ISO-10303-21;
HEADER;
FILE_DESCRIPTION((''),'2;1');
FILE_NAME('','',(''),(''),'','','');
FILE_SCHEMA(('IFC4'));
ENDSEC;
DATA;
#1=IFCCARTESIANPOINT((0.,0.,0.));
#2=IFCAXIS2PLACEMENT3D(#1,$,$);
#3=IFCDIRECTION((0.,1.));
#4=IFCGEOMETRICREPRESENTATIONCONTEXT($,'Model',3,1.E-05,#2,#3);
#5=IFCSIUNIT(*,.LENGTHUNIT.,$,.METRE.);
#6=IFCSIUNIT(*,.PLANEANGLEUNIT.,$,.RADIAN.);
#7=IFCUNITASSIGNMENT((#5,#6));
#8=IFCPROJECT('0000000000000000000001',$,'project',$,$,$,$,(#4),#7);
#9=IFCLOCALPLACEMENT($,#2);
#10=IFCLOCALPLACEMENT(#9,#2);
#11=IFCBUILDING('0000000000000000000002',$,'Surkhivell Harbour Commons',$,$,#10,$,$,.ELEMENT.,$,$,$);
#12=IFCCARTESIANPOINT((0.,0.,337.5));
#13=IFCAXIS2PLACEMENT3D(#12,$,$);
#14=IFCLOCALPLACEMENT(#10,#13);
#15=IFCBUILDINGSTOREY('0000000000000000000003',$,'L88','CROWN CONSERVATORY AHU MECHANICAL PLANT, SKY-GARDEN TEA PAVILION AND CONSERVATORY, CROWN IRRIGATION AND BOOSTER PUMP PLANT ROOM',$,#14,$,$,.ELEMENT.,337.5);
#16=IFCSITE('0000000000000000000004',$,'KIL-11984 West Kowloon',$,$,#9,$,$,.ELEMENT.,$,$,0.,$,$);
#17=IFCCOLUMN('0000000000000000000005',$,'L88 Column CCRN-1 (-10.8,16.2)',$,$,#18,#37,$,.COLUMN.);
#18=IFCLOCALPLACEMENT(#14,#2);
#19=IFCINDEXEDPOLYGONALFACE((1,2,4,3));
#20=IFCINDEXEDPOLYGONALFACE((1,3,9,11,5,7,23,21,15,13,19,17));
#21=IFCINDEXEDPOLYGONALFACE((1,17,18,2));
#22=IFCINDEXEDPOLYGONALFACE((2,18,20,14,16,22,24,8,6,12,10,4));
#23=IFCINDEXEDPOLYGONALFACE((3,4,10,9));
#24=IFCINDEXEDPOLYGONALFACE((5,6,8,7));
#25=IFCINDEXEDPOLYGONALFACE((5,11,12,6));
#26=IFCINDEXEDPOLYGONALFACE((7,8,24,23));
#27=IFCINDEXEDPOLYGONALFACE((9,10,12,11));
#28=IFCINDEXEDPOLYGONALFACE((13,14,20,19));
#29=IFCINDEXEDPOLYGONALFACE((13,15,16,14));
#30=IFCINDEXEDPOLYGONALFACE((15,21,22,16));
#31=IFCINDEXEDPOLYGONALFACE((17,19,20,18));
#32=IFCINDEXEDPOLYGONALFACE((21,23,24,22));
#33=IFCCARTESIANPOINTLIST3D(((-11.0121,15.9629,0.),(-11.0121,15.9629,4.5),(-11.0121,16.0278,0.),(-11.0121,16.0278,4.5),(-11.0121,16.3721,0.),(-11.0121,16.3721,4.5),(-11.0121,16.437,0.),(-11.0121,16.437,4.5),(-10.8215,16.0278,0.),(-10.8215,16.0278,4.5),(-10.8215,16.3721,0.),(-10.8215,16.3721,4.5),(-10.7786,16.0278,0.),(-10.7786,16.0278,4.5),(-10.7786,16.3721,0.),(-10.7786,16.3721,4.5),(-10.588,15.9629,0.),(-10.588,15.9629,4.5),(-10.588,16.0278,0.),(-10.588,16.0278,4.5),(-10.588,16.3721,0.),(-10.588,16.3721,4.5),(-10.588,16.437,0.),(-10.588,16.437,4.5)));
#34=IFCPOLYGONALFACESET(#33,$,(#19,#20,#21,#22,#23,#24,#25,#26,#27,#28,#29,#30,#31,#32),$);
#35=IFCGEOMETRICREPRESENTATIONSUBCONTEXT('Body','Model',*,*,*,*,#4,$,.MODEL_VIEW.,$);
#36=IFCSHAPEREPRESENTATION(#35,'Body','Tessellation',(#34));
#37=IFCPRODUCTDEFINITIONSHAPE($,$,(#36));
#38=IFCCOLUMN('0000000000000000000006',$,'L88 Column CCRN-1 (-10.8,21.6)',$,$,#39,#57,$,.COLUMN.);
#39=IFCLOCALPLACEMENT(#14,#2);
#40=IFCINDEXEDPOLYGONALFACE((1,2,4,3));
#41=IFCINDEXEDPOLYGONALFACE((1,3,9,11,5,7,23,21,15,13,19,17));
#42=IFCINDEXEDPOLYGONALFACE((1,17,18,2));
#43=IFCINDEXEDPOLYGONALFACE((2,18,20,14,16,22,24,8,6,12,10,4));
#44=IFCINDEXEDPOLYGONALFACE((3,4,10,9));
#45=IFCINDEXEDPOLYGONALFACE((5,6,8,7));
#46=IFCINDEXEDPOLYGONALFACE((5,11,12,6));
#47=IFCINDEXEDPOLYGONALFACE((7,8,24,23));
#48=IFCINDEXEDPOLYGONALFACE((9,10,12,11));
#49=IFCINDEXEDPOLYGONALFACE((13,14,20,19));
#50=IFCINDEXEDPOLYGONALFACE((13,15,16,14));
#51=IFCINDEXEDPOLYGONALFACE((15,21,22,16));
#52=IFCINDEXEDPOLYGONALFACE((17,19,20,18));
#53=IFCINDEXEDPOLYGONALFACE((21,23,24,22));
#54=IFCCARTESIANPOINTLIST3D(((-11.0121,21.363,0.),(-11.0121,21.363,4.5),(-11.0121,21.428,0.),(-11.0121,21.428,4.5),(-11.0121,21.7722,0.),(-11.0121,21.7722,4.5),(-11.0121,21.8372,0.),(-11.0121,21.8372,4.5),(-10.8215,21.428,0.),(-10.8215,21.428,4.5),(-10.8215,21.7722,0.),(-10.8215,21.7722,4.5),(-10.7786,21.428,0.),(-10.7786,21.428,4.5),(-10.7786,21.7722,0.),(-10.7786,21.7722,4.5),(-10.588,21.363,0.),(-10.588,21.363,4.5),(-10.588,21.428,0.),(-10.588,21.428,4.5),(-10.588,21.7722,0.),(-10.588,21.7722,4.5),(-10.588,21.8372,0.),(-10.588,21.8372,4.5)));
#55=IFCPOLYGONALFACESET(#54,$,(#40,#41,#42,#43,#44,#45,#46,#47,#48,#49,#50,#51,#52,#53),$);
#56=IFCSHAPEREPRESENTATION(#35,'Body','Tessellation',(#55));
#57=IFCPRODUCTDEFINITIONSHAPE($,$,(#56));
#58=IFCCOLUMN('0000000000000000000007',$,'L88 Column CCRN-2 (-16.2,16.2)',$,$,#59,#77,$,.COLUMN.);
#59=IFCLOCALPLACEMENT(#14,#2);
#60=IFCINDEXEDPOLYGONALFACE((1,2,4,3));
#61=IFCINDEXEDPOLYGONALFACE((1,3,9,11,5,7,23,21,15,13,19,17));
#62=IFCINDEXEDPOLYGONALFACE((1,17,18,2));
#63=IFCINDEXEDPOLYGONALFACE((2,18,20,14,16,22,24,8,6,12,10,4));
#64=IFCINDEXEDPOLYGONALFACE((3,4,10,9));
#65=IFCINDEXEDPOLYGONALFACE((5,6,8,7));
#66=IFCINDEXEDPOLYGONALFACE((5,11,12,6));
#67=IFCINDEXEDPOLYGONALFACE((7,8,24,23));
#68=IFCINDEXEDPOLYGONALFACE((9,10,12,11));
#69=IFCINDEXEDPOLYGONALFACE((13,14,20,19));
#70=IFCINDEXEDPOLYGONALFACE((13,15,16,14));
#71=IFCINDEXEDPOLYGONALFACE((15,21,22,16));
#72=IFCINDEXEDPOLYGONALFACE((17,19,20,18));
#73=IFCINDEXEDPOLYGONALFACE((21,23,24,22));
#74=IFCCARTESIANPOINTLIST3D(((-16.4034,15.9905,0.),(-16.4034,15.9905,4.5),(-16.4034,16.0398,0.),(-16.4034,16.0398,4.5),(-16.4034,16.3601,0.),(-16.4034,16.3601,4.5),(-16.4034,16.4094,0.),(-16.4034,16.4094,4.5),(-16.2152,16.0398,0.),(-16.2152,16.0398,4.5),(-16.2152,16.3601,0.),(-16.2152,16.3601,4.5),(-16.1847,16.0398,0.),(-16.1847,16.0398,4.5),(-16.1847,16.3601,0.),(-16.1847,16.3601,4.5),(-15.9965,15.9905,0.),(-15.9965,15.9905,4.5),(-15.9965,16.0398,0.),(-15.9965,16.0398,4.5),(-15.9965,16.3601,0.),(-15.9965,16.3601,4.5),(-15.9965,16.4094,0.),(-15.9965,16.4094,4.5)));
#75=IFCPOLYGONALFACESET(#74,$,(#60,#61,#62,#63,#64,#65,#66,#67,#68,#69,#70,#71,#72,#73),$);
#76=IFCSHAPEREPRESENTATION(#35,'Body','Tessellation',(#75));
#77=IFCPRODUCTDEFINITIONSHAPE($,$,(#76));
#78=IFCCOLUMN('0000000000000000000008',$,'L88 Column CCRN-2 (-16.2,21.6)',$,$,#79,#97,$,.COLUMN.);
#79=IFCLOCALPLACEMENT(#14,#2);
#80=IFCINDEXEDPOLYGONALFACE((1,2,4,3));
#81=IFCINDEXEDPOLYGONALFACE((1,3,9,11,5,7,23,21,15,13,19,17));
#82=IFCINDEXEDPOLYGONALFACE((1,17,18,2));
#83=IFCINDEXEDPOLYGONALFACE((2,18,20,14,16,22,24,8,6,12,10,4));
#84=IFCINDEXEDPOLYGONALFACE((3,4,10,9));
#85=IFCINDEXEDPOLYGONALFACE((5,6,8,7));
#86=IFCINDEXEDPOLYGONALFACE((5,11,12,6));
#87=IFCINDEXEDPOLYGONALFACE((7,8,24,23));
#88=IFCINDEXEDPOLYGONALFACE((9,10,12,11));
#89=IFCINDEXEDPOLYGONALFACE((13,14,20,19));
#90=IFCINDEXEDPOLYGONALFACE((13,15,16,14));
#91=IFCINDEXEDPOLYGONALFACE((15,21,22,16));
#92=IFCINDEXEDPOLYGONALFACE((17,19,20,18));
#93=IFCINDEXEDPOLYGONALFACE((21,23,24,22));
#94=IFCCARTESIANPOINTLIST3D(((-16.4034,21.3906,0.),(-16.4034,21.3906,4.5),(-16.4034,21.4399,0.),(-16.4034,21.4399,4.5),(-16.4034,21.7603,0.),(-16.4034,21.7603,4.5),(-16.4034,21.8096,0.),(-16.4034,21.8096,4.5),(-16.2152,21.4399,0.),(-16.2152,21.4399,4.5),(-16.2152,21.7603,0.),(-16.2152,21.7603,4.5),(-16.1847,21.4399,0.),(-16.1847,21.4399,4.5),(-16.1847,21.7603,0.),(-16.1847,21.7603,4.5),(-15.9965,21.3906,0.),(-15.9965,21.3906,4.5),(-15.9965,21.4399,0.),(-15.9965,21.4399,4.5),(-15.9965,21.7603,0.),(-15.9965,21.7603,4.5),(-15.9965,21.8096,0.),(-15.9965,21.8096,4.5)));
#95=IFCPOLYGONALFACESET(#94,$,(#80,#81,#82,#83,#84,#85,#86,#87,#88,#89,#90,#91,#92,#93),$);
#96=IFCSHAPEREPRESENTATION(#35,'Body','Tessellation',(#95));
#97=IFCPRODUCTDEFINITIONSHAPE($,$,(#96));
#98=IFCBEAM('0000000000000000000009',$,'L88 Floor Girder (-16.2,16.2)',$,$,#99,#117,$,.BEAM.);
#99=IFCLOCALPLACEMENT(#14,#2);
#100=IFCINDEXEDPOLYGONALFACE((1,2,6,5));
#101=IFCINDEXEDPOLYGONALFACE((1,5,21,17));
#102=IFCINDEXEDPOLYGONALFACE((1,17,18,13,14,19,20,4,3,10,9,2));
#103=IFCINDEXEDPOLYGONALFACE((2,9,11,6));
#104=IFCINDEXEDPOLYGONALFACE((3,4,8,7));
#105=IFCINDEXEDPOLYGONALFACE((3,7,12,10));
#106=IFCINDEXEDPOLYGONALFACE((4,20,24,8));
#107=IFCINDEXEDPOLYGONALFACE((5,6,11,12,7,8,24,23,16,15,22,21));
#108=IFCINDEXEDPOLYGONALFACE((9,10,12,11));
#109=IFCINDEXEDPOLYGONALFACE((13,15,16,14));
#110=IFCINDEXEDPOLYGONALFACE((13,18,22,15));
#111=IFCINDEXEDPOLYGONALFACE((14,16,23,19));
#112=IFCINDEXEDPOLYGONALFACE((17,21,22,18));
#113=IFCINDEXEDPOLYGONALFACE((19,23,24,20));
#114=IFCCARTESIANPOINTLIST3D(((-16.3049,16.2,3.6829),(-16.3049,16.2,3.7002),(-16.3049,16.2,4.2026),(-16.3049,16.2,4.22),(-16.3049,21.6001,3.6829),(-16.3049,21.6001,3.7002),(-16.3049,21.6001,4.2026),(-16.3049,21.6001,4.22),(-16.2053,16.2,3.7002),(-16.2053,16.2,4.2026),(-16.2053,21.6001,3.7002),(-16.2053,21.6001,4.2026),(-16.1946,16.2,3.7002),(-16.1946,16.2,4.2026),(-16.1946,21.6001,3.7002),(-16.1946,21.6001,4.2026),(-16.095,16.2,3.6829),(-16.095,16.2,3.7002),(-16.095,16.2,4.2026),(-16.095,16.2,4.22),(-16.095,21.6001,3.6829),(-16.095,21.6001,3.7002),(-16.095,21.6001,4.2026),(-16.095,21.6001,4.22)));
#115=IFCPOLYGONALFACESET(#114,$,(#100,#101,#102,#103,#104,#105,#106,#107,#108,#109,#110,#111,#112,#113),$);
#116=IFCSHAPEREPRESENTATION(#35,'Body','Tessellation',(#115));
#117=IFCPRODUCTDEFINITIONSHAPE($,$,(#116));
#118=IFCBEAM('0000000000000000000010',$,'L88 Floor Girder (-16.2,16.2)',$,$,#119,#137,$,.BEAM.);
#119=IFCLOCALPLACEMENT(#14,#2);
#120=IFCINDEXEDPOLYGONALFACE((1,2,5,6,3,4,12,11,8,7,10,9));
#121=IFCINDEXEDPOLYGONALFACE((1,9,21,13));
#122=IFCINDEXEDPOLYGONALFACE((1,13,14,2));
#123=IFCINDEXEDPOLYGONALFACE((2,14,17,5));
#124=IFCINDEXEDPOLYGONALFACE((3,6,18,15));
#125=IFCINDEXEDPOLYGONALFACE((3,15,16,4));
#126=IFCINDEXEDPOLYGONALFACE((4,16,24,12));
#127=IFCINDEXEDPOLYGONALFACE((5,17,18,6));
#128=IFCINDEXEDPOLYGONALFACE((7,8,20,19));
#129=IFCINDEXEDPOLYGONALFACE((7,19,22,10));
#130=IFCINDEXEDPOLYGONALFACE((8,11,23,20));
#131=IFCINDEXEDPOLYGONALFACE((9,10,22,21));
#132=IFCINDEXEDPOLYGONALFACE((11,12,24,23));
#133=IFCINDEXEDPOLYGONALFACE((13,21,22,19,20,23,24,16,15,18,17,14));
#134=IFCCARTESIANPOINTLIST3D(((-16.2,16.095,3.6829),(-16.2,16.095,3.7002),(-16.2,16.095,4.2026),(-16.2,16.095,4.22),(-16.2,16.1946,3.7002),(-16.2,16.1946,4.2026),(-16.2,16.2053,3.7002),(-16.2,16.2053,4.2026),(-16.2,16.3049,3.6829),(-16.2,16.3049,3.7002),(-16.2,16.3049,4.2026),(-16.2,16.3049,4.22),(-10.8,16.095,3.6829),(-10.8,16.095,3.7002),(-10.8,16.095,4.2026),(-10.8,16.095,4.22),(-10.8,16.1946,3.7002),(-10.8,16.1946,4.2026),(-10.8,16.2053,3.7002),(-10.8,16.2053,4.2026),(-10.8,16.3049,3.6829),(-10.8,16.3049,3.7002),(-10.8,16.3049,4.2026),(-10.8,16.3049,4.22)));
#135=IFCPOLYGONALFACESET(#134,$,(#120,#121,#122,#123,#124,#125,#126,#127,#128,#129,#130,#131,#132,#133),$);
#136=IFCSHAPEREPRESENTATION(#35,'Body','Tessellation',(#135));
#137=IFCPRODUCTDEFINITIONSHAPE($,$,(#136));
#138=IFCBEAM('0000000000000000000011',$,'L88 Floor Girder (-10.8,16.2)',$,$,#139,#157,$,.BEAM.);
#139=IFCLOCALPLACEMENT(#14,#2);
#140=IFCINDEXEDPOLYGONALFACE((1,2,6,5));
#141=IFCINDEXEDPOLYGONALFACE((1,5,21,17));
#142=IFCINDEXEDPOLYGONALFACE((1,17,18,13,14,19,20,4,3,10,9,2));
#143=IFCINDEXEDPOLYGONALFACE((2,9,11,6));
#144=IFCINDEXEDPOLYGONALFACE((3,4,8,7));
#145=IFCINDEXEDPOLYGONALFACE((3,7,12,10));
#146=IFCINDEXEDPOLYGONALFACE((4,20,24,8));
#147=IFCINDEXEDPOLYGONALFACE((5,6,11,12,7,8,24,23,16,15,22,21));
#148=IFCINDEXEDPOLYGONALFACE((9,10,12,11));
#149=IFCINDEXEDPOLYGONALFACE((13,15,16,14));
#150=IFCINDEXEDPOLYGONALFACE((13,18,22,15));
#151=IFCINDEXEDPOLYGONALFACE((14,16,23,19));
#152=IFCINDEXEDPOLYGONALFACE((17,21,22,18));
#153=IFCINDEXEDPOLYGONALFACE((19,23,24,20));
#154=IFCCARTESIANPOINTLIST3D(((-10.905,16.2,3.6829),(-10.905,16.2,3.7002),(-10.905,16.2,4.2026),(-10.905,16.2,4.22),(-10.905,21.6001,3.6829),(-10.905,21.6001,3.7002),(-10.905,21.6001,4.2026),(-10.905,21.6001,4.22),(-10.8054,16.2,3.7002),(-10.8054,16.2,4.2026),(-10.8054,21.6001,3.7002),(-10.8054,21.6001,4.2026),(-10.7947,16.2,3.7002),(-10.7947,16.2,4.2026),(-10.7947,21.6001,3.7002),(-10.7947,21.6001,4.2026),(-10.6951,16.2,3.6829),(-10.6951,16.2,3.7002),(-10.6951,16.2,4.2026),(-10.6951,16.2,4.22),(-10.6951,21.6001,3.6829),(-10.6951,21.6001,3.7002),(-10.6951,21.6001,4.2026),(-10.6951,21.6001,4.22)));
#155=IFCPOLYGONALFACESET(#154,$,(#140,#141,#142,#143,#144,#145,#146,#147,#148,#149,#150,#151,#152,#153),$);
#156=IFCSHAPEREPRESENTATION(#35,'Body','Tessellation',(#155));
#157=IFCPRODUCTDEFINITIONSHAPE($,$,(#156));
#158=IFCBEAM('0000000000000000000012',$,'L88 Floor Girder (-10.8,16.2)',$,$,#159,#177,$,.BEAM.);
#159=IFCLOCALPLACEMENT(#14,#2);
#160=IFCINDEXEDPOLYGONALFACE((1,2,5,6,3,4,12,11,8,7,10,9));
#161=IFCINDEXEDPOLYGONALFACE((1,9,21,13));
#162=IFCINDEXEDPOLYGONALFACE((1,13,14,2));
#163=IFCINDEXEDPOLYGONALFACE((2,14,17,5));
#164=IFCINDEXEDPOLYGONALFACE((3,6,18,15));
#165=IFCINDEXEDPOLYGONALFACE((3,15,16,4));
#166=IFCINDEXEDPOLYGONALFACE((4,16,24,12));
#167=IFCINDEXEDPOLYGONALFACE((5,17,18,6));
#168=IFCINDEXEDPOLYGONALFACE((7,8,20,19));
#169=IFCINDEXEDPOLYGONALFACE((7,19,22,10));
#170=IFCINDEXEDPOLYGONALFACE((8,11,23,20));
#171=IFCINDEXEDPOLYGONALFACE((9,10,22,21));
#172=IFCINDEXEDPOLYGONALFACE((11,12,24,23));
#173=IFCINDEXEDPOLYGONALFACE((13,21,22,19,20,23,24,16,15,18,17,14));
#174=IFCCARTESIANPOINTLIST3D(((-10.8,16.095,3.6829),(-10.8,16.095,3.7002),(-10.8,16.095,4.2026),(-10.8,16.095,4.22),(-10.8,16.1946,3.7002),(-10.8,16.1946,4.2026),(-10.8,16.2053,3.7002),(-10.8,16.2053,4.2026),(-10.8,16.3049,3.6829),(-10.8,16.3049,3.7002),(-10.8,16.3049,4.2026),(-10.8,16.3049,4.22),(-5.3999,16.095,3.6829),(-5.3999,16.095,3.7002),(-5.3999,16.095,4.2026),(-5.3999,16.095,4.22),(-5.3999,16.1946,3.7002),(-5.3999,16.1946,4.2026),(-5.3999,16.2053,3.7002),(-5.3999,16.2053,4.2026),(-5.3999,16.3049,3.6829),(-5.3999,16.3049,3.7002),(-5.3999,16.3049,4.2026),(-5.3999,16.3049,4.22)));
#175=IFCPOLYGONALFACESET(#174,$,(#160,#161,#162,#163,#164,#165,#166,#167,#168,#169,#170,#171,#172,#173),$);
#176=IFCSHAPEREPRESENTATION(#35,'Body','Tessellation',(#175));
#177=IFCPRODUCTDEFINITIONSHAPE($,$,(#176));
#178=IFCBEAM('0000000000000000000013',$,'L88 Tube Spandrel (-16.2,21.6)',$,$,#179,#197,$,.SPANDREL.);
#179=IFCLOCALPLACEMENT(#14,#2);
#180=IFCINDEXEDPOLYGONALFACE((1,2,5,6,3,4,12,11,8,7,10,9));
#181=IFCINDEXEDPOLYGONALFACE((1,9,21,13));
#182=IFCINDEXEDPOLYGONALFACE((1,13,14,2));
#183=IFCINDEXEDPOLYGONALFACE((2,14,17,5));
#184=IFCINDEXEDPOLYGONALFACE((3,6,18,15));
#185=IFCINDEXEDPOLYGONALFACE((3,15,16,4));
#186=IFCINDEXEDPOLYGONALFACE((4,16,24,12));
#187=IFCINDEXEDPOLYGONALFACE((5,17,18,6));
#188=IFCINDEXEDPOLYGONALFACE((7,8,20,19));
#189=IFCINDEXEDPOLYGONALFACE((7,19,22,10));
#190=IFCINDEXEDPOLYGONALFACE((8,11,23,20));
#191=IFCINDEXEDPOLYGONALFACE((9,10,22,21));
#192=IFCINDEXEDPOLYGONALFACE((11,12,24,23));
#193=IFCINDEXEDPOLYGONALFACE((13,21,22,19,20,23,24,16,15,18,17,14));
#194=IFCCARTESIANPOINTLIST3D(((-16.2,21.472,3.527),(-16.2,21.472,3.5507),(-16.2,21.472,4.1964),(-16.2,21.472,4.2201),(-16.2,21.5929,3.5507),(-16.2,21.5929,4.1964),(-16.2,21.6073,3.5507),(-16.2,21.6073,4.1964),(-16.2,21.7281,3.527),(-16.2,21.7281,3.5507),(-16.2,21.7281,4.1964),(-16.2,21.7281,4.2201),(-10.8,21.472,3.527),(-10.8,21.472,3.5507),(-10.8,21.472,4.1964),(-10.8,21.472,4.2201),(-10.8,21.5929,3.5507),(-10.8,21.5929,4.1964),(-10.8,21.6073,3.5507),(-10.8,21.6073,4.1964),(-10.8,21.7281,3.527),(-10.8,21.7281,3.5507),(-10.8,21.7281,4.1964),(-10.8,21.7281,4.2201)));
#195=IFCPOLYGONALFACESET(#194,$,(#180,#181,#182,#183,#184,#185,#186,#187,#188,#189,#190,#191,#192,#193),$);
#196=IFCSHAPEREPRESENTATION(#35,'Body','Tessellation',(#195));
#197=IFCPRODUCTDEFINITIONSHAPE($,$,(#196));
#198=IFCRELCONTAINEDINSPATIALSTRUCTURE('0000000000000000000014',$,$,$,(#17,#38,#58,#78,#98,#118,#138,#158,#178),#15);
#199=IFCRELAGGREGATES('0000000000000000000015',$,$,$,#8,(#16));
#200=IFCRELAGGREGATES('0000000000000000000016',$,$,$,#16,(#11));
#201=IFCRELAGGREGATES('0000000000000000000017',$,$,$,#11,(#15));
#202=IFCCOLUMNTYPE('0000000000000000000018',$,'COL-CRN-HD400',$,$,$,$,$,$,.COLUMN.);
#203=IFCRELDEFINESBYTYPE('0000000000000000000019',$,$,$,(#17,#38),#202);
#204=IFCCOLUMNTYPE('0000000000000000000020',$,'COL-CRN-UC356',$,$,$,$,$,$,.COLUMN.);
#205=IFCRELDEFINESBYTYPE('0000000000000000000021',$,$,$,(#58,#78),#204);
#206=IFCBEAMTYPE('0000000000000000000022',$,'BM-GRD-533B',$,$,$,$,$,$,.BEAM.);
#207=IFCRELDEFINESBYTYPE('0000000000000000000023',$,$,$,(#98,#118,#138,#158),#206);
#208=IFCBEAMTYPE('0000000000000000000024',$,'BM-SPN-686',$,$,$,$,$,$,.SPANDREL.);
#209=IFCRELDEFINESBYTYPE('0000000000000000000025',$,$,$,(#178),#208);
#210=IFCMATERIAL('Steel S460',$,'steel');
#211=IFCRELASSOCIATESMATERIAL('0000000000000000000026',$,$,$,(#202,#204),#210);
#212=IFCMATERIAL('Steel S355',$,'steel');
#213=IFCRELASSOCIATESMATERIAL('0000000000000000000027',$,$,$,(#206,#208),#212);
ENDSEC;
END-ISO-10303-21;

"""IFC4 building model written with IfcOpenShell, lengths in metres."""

from ifc_helpers import new_model, si_unit, direction, frame, origin, origin_2d, place, context, subcontext, project, spatial, i_section, extrude, material, material_profile, profile_set, type_object, element, save


model = new_model("IFC4")

# Units and contexts
model_context = context("Model", 3, precision=1e-05, world=origin(), true_north=direction((0.0, 1.0)))
body_context = subcontext(model_context, "Body", "Model", "MODEL_VIEW")
ifc_project = project(units=[si_unit("LENGTHUNIT", "METRE"), si_unit("PLANEANGLEUNIT", "RADIAN")], contexts=[model_context])

# Site, building, storey
site_placement = place(None, origin())
site = spatial("IfcSite", under=ifc_project, at=site_placement, Name="KIL-11984 West Kowloon", CompositionType="ELEMENT", RefElevation=0.0)
building_placement = place(site_placement, origin())
building = spatial("IfcBuilding", under=site, at=building_placement, Name="Surkhivell Harbour Commons", CompositionType="ELEMENT")
storey_placement = place(building_placement, frame((0.0, 0.0, 337.5)))
storey = spatial("IfcBuildingStorey", under=building, at=storey_placement, Name="L88", Description="CROWN CONSERVATORY AHU MECHANICAL PLANT, SKY-GARDEN TEA PAVILION AND CONSERVATORY, CROWN IRRIGATION AND BOOSTER PUMP PLANT ROOM", CompositionType="ELEMENT", Elevation=337.5)

# Columns
ifc_material_1 = material(Name="Steel S460", Category="steel")
ifc_material_profile_1 = material_profile(ifc_material_1, i_section(OverallWidth=0.4241, OverallDepth=0.4741, WebThickness=0.043, FlangeThickness=0.0649, at=origin_2d()), Name="HD400x634")
ifc_profile_set_1 = profile_set([ifc_material_profile_1], Name="Steel S460")
column_type_1 = type_object("IfcColumnType", Name="COL-CRN-HD400", PredefinedType="COLUMN", material=ifc_profile_set_1)
for number, where, z_axis, x_axis, name in (
    (1, (-10.8, 16.2, 0.0), (0.0, 0.0, 1.0), (1.0, 0.0, 0.0), "L88 Column CCRN-1 (-10.8,16.2)"),
    (2, (-10.8, 21.6001, 0.0), (0.0, 0.0, 1.0), (1.0, 0.0, 0.0), "L88 Column CCRN-1 (-10.8,21.6)"),
):
    element("IfcColumn", number, at=place(storey_placement, frame(where, z_axis=z_axis, x_axis=x_axis)), inside=storey, type_object=column_type_1, Name=name, PredefinedType="COLUMN", context=body_context, shape_type="SweptSolid", body=[
        extrude(i_section(OverallWidth=0.4241, OverallDepth=0.4741, WebThickness=0.043, FlangeThickness=0.0649, at=origin_2d()), origin(), (0.0, 0.0, 1.0), 4.5),
    ])
ifc_material_profile_2 = material_profile(ifc_material_1, i_section(OverallWidth=0.407, OverallDepth=0.4189, WebThickness=0.0305, FlangeThickness=0.0493, at=origin_2d()), Name="UC356x406x393")
ifc_profile_set_2 = profile_set([ifc_material_profile_2], Name="Steel S460")
column_type_2 = type_object("IfcColumnType", Name="COL-CRN-UC356", PredefinedType="COLUMN", material=ifc_profile_set_2)
for number, where, z_axis, x_axis, name in (
    (3, (-16.2, 16.2, 0.0), (0.0, 0.0, 1.0), (1.0, 0.0, 0.0), "L88 Column CCRN-2 (-16.2,16.2)"),
    (4, (-16.2, 21.6001, 0.0), (0.0, 0.0, 1.0), (1.0, 0.0, 0.0), "L88 Column CCRN-2 (-16.2,21.6)"),
):
    element("IfcColumn", number, at=place(storey_placement, frame(where, z_axis=z_axis, x_axis=x_axis)), inside=storey, type_object=column_type_2, Name=name, PredefinedType="COLUMN", context=body_context, shape_type="SweptSolid", body=[
        extrude(i_section(OverallWidth=0.407, OverallDepth=0.4189, WebThickness=0.0305, FlangeThickness=0.0493, at=origin_2d()), origin(), (0.0, 0.0, 1.0), 4.5),
    ])

# Beams
ifc_material_2 = material(Name="Steel S355", Category="steel")
ifc_material_profile_3 = material_profile(ifc_material_2, i_section(OverallWidth=0.21, OverallDepth=0.5371, WebThickness=0.0107, FlangeThickness=0.0173, at=origin_2d()), Name="UB533x210x101")
ifc_profile_set_3 = profile_set([ifc_material_profile_3], Name="Steel S355")
beam_type_1 = type_object("IfcBeamType", Name="BM-GRD-533B", PredefinedType="BEAM", material=ifc_profile_set_3)
beam_1_placement = place(storey_placement, frame((-16.2, 16.2, 3.9514), z_axis=(0.0, 1.0, 0.0), x_axis=(-1.0, 0.0, 0.0)))
element("IfcBeam", 5, at=beam_1_placement, inside=storey, type_object=beam_type_1, Name="L88 Floor Girder (-16.2,16.2)", PredefinedType="BEAM", context=body_context, shape_type="SweptSolid", body=[
    extrude(i_section(OverallWidth=0.21, OverallDepth=0.5371, WebThickness=0.0107, FlangeThickness=0.0173, at=origin_2d()), origin(), (0.0, 0.0, 1.0), 5.4001),
])
beam_2_placement = place(storey_placement, frame((-16.2, 16.2, 3.9514), z_axis=(1.0, 0.0, 0.0), x_axis=(0.0, 1.0, 0.0)))
element("IfcBeam", 6, at=beam_2_placement, inside=storey, type_object=beam_type_1, Name="L88 Floor Girder (-16.2,16.2)", PredefinedType="BEAM", context=body_context, shape_type="SweptSolid", body=[
    extrude(i_section(OverallWidth=0.21, OverallDepth=0.5371, WebThickness=0.0107, FlangeThickness=0.0173, at=origin_2d()), origin(), (0.0, 0.0, 1.0), 5.3999),
])
for number, where, z_axis, x_axis, name in (
    (7, (-10.8, 16.2, 3.9514), (0.0, 1.0, 0.0), (-1.0, 0.0, 0.0), "L88 Floor Girder (-10.8,16.2)"),
    (8, (-10.8, 16.2, 3.9514), (1.0, 0.0, 0.0), (0.0, 1.0, 0.0), "L88 Floor Girder (-10.8,16.2)"),
):
    element("IfcBeam", number, at=place(storey_placement, frame(where, z_axis=z_axis, x_axis=x_axis)), inside=storey, type_object=beam_type_1, Name=name, PredefinedType="BEAM", context=body_context, shape_type="SweptSolid", body=[
        extrude(i_section(OverallWidth=0.21, OverallDepth=0.5371, WebThickness=0.0107, FlangeThickness=0.0173, at=origin_2d()), origin(), (0.0, 0.0, 1.0), 5.4001),
    ])
ifc_material_profile_4 = material_profile(ifc_material_2, i_section(OverallWidth=0.2561, OverallDepth=0.6931, WebThickness=0.0144, FlangeThickness=0.0237, at=origin_2d()), Name="UB686x254x170")
ifc_profile_set_4 = profile_set([ifc_material_profile_4], Name="Steel S355")
beam_type_2 = type_object("IfcBeamType", Name="BM-SPN-686", PredefinedType="SPANDREL", material=ifc_profile_set_4)
beam_3_placement = place(storey_placement, frame((-16.2, 21.6001, 3.8735), z_axis=(1.0, 0.0, 0.0), x_axis=(0.0, 1.0, 0.0)))
element("IfcBeam", 9, at=beam_3_placement, inside=storey, type_object=beam_type_2, Name="L88 Tube Spandrel (-16.2,21.6)", PredefinedType="SPANDREL", context=body_context, shape_type="SweptSolid", body=[
    extrude(i_section(OverallWidth=0.2561, OverallDepth=0.6931, WebThickness=0.0144, FlangeThickness=0.0237, at=origin_2d()), origin(), (0.0, 0.0, 1.0), 5.3999),
])

save(model, "model.ifc")
